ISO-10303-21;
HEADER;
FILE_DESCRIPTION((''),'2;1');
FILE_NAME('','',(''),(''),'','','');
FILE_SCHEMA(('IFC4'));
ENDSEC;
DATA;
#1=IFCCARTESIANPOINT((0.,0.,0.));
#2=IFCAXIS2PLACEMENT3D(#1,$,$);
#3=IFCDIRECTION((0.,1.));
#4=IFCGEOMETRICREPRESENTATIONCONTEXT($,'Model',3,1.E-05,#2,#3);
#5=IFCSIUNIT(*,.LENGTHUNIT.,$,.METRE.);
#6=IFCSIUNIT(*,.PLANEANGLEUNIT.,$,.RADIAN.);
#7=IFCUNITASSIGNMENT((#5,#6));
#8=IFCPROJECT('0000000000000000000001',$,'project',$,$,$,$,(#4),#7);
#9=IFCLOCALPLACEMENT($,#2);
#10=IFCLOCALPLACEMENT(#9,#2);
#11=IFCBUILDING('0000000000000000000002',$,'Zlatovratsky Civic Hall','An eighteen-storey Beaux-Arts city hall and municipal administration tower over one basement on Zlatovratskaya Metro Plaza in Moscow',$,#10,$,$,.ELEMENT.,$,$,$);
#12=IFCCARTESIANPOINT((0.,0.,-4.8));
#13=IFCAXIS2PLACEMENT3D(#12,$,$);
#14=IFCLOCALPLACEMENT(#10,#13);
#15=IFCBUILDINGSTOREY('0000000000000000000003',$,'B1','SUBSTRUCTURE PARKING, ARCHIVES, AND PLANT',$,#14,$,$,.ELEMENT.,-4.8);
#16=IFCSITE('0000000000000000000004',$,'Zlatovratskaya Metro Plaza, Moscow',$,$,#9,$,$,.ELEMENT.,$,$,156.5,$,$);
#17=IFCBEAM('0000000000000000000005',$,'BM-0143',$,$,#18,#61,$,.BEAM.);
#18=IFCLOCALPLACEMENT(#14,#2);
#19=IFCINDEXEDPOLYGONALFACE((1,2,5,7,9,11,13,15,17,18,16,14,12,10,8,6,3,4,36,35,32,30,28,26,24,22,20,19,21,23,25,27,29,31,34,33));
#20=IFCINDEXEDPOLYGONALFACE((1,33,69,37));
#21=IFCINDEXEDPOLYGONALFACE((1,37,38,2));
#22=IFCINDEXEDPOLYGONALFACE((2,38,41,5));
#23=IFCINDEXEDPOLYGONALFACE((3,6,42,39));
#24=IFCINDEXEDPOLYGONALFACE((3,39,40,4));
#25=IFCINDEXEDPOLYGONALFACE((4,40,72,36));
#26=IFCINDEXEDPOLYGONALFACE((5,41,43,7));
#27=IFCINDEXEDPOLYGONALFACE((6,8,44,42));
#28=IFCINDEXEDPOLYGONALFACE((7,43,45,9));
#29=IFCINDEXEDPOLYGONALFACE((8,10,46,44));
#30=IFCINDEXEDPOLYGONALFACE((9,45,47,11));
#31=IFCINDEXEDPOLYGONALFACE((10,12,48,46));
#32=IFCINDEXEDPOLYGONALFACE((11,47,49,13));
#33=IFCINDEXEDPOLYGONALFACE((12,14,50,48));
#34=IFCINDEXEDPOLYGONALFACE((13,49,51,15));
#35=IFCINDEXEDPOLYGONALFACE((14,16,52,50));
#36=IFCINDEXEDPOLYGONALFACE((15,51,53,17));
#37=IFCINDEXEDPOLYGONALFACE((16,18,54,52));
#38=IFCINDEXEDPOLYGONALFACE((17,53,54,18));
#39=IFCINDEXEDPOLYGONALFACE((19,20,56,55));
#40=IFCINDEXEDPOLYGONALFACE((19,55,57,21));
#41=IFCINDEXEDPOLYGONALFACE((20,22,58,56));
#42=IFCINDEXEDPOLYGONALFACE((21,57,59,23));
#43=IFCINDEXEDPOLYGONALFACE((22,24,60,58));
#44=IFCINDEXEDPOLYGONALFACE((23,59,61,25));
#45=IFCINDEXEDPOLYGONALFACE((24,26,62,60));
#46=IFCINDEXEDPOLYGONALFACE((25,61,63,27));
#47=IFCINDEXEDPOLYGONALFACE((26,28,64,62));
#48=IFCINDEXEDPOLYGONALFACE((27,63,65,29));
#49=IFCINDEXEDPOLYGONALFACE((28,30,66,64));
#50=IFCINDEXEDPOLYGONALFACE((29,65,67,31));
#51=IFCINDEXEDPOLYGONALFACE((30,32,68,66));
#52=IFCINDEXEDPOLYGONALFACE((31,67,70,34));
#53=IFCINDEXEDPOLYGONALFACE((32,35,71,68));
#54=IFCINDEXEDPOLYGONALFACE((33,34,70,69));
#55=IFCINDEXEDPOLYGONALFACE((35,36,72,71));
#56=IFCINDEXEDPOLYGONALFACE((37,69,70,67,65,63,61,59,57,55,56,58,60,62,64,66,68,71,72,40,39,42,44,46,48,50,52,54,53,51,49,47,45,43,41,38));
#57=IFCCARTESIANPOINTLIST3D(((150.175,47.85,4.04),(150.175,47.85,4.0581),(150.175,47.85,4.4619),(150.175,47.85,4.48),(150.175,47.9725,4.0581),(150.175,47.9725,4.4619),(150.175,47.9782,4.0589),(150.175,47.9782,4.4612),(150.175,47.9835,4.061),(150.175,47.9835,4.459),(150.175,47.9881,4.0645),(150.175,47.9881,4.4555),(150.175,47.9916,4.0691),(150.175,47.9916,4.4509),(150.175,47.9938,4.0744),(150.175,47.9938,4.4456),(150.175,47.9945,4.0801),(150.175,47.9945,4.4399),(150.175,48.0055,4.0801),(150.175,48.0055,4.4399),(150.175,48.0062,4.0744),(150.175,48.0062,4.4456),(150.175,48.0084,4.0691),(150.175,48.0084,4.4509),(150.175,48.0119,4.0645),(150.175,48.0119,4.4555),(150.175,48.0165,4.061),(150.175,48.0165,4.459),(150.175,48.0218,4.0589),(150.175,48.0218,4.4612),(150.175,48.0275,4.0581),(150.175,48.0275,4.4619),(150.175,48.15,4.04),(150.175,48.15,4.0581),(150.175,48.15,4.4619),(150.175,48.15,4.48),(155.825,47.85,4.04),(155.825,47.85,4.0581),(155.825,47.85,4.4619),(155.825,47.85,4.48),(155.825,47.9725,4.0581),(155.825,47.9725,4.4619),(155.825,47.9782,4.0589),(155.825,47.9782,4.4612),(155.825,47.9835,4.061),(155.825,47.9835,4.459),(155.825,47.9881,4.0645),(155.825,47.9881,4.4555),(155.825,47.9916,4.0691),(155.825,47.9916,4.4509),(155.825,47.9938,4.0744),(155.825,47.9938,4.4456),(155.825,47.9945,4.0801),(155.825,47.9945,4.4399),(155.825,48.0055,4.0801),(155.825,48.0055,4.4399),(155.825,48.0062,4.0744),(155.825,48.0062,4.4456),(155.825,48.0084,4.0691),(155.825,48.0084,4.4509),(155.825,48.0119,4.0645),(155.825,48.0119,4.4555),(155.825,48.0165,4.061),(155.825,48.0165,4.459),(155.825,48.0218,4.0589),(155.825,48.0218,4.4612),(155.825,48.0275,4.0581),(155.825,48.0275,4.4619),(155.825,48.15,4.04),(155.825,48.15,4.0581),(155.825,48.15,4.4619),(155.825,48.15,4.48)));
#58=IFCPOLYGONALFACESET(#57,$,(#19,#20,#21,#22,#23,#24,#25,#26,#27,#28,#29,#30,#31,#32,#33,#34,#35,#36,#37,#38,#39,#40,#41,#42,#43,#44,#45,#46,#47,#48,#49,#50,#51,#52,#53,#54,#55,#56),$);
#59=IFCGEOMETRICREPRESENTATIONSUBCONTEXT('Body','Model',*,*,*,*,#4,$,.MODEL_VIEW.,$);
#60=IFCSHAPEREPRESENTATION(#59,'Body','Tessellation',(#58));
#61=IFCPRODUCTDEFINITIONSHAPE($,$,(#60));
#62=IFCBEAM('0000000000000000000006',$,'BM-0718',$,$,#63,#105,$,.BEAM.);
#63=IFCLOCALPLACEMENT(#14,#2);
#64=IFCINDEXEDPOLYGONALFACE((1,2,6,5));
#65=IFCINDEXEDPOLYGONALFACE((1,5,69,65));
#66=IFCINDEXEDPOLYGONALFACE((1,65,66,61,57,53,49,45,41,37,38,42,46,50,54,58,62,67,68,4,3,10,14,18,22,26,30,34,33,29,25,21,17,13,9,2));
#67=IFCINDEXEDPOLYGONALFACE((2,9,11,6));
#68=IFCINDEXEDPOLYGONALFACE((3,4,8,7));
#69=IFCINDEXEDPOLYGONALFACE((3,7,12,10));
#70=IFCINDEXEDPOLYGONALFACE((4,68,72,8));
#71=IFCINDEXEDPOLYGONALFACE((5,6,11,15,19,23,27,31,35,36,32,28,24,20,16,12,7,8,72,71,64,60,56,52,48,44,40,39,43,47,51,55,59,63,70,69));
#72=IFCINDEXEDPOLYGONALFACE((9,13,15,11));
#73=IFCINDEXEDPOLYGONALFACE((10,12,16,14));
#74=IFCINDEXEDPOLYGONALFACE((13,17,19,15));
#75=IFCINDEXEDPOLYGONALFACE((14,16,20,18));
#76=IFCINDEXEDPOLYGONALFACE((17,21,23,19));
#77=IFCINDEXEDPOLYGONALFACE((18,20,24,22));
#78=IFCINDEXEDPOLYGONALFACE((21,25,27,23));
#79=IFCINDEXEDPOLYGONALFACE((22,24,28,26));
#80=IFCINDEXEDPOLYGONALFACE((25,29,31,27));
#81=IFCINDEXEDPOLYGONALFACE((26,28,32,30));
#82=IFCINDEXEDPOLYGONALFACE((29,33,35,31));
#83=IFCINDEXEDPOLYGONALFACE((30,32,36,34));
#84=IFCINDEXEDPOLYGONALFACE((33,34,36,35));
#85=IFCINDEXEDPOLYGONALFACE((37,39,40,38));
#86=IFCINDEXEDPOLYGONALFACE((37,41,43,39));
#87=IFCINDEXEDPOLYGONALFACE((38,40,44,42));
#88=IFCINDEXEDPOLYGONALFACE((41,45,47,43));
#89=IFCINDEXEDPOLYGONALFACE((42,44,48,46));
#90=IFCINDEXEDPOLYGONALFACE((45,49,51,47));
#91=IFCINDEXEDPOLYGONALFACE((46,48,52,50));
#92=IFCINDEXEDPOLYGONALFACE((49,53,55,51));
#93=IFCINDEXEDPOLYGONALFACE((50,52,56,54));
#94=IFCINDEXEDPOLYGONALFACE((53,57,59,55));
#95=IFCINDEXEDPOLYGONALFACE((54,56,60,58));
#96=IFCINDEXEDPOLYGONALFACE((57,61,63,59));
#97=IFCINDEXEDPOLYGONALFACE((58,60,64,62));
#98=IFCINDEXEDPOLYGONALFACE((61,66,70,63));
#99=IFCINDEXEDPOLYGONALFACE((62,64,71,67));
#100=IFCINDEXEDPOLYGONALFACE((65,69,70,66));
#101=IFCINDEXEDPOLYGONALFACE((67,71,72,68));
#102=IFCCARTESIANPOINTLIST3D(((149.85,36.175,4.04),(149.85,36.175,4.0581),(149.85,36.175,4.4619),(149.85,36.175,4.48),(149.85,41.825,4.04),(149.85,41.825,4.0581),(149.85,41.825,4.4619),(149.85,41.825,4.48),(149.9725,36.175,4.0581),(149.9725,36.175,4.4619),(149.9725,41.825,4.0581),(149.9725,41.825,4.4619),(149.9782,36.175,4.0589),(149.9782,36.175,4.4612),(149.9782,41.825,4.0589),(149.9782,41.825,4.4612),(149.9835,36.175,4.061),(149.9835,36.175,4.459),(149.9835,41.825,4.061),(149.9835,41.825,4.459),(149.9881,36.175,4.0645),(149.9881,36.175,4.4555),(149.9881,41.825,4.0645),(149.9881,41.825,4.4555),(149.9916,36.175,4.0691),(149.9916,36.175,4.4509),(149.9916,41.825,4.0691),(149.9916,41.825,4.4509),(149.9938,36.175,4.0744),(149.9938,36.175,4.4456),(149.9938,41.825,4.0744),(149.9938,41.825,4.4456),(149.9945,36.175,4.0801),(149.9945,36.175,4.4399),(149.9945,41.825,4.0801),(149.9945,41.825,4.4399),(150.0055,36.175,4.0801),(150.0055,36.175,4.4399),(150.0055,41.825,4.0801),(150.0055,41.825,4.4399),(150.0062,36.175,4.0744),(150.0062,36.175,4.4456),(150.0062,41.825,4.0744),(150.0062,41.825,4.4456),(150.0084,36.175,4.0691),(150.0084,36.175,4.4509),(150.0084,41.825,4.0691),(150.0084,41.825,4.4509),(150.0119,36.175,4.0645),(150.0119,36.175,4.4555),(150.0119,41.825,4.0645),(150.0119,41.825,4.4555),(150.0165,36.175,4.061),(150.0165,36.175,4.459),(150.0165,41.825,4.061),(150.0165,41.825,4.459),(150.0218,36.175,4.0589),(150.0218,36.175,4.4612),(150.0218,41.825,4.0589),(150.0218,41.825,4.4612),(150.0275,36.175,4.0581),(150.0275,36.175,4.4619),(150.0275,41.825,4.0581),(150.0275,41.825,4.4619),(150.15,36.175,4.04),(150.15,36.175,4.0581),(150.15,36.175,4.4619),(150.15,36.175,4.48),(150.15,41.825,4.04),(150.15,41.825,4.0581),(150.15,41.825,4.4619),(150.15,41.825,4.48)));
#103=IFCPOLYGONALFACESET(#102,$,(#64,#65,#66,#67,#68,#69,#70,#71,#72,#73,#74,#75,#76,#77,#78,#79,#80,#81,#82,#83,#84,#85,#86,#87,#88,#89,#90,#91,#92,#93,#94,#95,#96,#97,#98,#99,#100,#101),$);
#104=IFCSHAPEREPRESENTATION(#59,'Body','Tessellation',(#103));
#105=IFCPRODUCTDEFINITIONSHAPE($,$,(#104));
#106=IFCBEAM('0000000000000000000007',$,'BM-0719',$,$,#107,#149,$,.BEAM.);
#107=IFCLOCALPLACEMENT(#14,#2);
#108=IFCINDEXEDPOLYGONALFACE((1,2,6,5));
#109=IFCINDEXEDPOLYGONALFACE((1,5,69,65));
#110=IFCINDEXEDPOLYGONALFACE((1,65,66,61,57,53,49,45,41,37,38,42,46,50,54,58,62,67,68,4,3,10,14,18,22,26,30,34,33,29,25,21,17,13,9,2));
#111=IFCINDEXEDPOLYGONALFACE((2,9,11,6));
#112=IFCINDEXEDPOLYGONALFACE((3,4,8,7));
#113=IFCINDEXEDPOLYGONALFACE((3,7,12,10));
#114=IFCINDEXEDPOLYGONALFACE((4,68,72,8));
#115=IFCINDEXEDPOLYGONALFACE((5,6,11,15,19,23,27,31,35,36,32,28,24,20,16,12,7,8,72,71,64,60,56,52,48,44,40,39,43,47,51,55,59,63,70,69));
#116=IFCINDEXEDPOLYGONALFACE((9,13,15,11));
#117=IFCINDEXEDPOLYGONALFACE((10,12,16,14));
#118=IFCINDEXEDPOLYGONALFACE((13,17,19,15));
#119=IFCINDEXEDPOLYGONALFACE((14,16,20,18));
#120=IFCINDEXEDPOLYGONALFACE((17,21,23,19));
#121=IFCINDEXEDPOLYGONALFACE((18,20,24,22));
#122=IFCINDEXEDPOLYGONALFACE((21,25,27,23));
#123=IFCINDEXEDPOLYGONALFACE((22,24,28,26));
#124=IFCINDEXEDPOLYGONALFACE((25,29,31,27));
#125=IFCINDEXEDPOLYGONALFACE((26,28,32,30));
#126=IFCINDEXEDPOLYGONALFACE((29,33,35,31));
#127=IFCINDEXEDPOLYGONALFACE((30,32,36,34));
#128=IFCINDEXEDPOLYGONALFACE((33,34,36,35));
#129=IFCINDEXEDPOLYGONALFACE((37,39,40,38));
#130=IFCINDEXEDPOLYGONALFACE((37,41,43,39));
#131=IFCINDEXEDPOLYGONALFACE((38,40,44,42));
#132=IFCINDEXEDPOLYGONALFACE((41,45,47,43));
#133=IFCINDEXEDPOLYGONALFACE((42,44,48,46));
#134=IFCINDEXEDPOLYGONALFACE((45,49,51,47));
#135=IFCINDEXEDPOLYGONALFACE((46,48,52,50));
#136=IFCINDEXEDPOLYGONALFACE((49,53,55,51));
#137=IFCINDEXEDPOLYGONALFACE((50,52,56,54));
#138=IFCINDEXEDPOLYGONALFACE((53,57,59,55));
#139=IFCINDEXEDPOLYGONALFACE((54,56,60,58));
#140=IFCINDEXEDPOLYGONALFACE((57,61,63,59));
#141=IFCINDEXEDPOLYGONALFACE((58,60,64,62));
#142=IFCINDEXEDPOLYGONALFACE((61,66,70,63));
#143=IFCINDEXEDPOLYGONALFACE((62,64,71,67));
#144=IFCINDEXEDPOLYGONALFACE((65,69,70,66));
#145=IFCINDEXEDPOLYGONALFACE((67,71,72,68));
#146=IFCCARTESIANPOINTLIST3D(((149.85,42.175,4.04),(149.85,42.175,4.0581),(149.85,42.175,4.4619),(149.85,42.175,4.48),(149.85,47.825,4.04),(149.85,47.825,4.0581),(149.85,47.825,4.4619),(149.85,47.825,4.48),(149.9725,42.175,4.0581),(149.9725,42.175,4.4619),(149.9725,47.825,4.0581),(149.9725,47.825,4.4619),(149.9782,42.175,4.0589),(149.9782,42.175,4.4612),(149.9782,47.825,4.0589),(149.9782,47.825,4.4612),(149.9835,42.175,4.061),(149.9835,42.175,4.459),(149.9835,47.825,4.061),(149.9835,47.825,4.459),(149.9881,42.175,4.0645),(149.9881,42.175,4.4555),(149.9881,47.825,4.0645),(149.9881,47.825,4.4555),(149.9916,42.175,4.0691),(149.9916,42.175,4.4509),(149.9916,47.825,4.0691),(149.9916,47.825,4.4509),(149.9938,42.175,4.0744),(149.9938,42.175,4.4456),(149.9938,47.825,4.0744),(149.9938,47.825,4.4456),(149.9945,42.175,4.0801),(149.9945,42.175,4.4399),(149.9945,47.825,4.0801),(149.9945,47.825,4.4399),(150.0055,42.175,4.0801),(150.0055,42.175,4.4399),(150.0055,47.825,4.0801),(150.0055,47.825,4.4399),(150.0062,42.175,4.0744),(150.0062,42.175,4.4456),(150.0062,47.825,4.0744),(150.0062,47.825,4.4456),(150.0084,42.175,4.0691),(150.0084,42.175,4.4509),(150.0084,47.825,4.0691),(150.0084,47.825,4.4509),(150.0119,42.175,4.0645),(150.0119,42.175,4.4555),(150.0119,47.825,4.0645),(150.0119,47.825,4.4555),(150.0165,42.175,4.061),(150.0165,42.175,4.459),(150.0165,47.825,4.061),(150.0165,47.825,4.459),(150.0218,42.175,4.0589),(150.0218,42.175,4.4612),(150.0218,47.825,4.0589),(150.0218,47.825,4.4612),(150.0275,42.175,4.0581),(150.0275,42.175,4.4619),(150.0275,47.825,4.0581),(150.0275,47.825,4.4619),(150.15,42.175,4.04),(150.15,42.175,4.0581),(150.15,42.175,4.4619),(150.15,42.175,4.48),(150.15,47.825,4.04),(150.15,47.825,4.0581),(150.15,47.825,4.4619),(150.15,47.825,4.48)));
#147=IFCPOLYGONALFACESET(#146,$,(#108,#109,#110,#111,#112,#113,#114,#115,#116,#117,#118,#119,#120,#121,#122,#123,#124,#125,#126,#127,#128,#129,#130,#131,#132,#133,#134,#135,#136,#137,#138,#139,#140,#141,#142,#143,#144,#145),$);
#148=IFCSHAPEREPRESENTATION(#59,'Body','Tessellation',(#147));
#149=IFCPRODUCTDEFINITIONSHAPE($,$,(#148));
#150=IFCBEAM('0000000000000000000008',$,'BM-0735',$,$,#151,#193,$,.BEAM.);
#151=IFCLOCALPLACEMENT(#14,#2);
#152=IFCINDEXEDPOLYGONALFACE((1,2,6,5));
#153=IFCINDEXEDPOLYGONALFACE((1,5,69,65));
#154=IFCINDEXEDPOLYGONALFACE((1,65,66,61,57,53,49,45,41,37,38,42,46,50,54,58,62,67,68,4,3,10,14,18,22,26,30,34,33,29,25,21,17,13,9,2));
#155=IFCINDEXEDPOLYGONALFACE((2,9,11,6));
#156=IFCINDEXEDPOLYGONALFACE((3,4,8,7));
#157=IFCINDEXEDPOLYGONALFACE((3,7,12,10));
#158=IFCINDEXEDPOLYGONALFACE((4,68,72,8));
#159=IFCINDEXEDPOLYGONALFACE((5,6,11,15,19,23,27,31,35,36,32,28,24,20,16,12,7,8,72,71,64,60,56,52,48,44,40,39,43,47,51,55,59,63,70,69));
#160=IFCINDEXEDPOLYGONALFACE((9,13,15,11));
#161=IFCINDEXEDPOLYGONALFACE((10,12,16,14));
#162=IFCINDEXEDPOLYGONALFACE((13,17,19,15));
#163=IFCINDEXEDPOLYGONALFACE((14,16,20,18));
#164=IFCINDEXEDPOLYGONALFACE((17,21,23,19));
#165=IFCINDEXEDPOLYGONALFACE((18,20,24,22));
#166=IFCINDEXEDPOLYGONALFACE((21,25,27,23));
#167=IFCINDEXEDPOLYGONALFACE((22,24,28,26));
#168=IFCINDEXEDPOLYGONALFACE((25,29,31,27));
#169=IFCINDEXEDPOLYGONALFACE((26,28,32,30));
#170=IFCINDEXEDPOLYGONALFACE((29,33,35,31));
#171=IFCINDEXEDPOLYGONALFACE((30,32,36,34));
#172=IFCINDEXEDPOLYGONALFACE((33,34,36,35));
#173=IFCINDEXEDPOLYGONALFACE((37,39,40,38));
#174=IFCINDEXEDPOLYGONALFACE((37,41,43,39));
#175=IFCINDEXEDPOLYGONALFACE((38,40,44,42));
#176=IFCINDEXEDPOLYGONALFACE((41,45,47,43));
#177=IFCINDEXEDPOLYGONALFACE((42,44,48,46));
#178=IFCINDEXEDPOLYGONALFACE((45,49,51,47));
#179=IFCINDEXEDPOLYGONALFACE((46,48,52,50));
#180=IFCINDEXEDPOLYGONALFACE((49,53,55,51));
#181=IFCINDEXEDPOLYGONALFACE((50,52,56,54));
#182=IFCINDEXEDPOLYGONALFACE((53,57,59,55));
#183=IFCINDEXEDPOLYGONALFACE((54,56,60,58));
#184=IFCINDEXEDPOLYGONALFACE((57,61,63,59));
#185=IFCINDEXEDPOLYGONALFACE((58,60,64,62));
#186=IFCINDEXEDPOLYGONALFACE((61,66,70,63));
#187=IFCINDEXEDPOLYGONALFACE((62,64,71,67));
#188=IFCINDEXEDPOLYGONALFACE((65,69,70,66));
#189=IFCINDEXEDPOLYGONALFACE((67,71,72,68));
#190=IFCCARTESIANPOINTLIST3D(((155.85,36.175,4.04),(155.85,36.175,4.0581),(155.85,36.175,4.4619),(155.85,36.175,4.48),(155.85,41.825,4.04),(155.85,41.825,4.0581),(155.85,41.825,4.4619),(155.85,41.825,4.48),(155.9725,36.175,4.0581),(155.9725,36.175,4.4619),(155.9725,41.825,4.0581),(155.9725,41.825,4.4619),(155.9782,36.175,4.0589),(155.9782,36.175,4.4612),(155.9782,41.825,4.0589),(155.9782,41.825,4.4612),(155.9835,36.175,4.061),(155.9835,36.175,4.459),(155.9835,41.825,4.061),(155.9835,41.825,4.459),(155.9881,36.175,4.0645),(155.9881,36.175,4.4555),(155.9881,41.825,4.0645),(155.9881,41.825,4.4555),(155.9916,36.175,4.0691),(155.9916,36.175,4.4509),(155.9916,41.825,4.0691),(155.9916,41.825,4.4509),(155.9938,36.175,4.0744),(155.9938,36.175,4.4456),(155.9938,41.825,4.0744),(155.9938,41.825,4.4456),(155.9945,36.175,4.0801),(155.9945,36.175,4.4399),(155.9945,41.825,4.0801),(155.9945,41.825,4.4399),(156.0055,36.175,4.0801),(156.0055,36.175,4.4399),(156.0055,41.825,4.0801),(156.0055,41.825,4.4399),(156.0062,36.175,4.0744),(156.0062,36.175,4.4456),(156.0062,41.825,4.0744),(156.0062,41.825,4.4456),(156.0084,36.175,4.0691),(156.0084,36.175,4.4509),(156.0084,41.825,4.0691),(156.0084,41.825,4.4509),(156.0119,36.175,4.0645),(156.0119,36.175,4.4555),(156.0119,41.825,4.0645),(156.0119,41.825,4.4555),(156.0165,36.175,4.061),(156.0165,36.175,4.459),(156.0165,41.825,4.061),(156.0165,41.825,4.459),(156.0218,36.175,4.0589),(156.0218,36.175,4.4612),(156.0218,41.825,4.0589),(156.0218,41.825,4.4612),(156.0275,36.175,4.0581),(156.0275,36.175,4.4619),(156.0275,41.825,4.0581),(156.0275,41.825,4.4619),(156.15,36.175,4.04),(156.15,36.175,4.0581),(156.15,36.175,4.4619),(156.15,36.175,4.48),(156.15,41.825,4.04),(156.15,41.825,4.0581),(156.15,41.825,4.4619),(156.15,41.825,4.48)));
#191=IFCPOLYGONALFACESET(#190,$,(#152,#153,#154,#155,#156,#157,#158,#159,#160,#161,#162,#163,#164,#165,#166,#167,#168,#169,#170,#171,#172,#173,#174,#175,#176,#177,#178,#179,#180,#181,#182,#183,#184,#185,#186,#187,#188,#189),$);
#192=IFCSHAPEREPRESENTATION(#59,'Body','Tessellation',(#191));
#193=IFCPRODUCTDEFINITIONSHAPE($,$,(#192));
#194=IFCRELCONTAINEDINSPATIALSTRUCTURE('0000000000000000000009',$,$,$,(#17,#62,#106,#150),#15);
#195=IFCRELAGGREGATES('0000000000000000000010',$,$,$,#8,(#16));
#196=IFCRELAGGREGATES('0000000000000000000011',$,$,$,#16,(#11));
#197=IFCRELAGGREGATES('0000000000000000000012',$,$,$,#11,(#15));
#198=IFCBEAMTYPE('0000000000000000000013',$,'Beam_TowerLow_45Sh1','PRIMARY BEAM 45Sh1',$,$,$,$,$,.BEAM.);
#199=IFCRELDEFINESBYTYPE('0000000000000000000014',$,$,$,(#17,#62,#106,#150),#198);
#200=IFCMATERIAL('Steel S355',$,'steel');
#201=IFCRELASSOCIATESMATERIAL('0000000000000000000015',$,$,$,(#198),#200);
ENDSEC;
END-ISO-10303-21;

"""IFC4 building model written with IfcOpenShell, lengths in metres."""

from ifc_helpers import new_model, si_unit, direction, frame, origin, origin_2d, place, context, subcontext, project, spatial, i_section, extrude, material, material_profile, profile_set, type_object, element, save


model = new_model("IFC4")

# Units and contexts
model_context = context("Model", 3, precision=1e-05, world=origin(), true_north=direction((0.0, 1.0)))
body_context = subcontext(model_context, "Body", "Model", "MODEL_VIEW")
ifc_project = project(units=[si_unit("LENGTHUNIT", "METRE"), si_unit("PLANEANGLEUNIT", "RADIAN")], contexts=[model_context])

# Site, building, storey
site_placement = place(None, origin())
site = spatial("IfcSite", under=ifc_project, at=site_placement, Name="Zlatovratskaya Metro Plaza, Moscow", CompositionType="ELEMENT", RefElevation=156.5)
building_placement = place(site_placement, origin())
building = spatial("IfcBuilding", under=site, at=building_placement, Name="Zlatovratsky Civic Hall", Description="An eighteen-storey Beaux-Arts city hall and municipal administration tower over one basement on Zlatovratskaya Metro Plaza in Moscow", CompositionType="ELEMENT")
storey_placement = place(building_placement, frame((0.0, 0.0, -4.8)))
storey = spatial("IfcBuildingStorey", under=building, at=storey_placement, Name="B1", Description="SUBSTRUCTURE PARKING, ARCHIVES, AND PLANT", CompositionType="ELEMENT", Elevation=-4.8)

# Shared definitions
ifc_material_1 = material(Name="Steel S355", Category="steel")

# Beams
ifc_material_profile_1 = material_profile(ifc_material_1, i_section(OverallWidth=0.3, OverallDepth=0.4399, WebThickness=0.011, FlangeThickness=0.0181, FilletRadius=0.022, at=origin_2d()), Name="45Sh1")
ifc_profile_set_1 = profile_set([ifc_material_profile_1], Name="Steel S355")
beam_type = type_object("IfcBeamType", Name="Beam_TowerLow_45Sh1", Description="PRIMARY BEAM 45Sh1", PredefinedType="BEAM", material=ifc_profile_set_1)
for number, where, z_axis, x_axis, name in (
    (1, (150.175, 48.0, 4.26), (1.0, 0.0, 0.0), (0.0, 1.0, 0.0), "BM-0143"),
    (2, (150.0, 36.175, 4.26), (0.0, 1.0, 0.0), (-1.0, 0.0, 0.0), "BM-0718"),
    (3, (150.0, 42.175, 4.26), (0.0, 1.0, 0.0), (-1.0, 0.0, 0.0), "BM-0719"),
    (4, (156.0, 36.175, 4.26), (0.0, 1.0, 0.0), (-1.0, 0.0, 0.0), "BM-0735"),
):
    element("IfcBeam", number, at=place(storey_placement, frame(where, z_axis=z_axis, x_axis=x_axis)), inside=storey, type_object=beam_type, Name=name, PredefinedType="BEAM", context=body_context, shape_type="SweptSolid", body=[
        extrude(i_section(OverallWidth=0.3, OverallDepth=0.4399, WebThickness=0.011, FlangeThickness=0.0181, FilletRadius=0.022, at=origin_2d()), origin(), (0.0, 0.0, 1.0), 5.6499),
    ])

save(model, "model.ifc")
